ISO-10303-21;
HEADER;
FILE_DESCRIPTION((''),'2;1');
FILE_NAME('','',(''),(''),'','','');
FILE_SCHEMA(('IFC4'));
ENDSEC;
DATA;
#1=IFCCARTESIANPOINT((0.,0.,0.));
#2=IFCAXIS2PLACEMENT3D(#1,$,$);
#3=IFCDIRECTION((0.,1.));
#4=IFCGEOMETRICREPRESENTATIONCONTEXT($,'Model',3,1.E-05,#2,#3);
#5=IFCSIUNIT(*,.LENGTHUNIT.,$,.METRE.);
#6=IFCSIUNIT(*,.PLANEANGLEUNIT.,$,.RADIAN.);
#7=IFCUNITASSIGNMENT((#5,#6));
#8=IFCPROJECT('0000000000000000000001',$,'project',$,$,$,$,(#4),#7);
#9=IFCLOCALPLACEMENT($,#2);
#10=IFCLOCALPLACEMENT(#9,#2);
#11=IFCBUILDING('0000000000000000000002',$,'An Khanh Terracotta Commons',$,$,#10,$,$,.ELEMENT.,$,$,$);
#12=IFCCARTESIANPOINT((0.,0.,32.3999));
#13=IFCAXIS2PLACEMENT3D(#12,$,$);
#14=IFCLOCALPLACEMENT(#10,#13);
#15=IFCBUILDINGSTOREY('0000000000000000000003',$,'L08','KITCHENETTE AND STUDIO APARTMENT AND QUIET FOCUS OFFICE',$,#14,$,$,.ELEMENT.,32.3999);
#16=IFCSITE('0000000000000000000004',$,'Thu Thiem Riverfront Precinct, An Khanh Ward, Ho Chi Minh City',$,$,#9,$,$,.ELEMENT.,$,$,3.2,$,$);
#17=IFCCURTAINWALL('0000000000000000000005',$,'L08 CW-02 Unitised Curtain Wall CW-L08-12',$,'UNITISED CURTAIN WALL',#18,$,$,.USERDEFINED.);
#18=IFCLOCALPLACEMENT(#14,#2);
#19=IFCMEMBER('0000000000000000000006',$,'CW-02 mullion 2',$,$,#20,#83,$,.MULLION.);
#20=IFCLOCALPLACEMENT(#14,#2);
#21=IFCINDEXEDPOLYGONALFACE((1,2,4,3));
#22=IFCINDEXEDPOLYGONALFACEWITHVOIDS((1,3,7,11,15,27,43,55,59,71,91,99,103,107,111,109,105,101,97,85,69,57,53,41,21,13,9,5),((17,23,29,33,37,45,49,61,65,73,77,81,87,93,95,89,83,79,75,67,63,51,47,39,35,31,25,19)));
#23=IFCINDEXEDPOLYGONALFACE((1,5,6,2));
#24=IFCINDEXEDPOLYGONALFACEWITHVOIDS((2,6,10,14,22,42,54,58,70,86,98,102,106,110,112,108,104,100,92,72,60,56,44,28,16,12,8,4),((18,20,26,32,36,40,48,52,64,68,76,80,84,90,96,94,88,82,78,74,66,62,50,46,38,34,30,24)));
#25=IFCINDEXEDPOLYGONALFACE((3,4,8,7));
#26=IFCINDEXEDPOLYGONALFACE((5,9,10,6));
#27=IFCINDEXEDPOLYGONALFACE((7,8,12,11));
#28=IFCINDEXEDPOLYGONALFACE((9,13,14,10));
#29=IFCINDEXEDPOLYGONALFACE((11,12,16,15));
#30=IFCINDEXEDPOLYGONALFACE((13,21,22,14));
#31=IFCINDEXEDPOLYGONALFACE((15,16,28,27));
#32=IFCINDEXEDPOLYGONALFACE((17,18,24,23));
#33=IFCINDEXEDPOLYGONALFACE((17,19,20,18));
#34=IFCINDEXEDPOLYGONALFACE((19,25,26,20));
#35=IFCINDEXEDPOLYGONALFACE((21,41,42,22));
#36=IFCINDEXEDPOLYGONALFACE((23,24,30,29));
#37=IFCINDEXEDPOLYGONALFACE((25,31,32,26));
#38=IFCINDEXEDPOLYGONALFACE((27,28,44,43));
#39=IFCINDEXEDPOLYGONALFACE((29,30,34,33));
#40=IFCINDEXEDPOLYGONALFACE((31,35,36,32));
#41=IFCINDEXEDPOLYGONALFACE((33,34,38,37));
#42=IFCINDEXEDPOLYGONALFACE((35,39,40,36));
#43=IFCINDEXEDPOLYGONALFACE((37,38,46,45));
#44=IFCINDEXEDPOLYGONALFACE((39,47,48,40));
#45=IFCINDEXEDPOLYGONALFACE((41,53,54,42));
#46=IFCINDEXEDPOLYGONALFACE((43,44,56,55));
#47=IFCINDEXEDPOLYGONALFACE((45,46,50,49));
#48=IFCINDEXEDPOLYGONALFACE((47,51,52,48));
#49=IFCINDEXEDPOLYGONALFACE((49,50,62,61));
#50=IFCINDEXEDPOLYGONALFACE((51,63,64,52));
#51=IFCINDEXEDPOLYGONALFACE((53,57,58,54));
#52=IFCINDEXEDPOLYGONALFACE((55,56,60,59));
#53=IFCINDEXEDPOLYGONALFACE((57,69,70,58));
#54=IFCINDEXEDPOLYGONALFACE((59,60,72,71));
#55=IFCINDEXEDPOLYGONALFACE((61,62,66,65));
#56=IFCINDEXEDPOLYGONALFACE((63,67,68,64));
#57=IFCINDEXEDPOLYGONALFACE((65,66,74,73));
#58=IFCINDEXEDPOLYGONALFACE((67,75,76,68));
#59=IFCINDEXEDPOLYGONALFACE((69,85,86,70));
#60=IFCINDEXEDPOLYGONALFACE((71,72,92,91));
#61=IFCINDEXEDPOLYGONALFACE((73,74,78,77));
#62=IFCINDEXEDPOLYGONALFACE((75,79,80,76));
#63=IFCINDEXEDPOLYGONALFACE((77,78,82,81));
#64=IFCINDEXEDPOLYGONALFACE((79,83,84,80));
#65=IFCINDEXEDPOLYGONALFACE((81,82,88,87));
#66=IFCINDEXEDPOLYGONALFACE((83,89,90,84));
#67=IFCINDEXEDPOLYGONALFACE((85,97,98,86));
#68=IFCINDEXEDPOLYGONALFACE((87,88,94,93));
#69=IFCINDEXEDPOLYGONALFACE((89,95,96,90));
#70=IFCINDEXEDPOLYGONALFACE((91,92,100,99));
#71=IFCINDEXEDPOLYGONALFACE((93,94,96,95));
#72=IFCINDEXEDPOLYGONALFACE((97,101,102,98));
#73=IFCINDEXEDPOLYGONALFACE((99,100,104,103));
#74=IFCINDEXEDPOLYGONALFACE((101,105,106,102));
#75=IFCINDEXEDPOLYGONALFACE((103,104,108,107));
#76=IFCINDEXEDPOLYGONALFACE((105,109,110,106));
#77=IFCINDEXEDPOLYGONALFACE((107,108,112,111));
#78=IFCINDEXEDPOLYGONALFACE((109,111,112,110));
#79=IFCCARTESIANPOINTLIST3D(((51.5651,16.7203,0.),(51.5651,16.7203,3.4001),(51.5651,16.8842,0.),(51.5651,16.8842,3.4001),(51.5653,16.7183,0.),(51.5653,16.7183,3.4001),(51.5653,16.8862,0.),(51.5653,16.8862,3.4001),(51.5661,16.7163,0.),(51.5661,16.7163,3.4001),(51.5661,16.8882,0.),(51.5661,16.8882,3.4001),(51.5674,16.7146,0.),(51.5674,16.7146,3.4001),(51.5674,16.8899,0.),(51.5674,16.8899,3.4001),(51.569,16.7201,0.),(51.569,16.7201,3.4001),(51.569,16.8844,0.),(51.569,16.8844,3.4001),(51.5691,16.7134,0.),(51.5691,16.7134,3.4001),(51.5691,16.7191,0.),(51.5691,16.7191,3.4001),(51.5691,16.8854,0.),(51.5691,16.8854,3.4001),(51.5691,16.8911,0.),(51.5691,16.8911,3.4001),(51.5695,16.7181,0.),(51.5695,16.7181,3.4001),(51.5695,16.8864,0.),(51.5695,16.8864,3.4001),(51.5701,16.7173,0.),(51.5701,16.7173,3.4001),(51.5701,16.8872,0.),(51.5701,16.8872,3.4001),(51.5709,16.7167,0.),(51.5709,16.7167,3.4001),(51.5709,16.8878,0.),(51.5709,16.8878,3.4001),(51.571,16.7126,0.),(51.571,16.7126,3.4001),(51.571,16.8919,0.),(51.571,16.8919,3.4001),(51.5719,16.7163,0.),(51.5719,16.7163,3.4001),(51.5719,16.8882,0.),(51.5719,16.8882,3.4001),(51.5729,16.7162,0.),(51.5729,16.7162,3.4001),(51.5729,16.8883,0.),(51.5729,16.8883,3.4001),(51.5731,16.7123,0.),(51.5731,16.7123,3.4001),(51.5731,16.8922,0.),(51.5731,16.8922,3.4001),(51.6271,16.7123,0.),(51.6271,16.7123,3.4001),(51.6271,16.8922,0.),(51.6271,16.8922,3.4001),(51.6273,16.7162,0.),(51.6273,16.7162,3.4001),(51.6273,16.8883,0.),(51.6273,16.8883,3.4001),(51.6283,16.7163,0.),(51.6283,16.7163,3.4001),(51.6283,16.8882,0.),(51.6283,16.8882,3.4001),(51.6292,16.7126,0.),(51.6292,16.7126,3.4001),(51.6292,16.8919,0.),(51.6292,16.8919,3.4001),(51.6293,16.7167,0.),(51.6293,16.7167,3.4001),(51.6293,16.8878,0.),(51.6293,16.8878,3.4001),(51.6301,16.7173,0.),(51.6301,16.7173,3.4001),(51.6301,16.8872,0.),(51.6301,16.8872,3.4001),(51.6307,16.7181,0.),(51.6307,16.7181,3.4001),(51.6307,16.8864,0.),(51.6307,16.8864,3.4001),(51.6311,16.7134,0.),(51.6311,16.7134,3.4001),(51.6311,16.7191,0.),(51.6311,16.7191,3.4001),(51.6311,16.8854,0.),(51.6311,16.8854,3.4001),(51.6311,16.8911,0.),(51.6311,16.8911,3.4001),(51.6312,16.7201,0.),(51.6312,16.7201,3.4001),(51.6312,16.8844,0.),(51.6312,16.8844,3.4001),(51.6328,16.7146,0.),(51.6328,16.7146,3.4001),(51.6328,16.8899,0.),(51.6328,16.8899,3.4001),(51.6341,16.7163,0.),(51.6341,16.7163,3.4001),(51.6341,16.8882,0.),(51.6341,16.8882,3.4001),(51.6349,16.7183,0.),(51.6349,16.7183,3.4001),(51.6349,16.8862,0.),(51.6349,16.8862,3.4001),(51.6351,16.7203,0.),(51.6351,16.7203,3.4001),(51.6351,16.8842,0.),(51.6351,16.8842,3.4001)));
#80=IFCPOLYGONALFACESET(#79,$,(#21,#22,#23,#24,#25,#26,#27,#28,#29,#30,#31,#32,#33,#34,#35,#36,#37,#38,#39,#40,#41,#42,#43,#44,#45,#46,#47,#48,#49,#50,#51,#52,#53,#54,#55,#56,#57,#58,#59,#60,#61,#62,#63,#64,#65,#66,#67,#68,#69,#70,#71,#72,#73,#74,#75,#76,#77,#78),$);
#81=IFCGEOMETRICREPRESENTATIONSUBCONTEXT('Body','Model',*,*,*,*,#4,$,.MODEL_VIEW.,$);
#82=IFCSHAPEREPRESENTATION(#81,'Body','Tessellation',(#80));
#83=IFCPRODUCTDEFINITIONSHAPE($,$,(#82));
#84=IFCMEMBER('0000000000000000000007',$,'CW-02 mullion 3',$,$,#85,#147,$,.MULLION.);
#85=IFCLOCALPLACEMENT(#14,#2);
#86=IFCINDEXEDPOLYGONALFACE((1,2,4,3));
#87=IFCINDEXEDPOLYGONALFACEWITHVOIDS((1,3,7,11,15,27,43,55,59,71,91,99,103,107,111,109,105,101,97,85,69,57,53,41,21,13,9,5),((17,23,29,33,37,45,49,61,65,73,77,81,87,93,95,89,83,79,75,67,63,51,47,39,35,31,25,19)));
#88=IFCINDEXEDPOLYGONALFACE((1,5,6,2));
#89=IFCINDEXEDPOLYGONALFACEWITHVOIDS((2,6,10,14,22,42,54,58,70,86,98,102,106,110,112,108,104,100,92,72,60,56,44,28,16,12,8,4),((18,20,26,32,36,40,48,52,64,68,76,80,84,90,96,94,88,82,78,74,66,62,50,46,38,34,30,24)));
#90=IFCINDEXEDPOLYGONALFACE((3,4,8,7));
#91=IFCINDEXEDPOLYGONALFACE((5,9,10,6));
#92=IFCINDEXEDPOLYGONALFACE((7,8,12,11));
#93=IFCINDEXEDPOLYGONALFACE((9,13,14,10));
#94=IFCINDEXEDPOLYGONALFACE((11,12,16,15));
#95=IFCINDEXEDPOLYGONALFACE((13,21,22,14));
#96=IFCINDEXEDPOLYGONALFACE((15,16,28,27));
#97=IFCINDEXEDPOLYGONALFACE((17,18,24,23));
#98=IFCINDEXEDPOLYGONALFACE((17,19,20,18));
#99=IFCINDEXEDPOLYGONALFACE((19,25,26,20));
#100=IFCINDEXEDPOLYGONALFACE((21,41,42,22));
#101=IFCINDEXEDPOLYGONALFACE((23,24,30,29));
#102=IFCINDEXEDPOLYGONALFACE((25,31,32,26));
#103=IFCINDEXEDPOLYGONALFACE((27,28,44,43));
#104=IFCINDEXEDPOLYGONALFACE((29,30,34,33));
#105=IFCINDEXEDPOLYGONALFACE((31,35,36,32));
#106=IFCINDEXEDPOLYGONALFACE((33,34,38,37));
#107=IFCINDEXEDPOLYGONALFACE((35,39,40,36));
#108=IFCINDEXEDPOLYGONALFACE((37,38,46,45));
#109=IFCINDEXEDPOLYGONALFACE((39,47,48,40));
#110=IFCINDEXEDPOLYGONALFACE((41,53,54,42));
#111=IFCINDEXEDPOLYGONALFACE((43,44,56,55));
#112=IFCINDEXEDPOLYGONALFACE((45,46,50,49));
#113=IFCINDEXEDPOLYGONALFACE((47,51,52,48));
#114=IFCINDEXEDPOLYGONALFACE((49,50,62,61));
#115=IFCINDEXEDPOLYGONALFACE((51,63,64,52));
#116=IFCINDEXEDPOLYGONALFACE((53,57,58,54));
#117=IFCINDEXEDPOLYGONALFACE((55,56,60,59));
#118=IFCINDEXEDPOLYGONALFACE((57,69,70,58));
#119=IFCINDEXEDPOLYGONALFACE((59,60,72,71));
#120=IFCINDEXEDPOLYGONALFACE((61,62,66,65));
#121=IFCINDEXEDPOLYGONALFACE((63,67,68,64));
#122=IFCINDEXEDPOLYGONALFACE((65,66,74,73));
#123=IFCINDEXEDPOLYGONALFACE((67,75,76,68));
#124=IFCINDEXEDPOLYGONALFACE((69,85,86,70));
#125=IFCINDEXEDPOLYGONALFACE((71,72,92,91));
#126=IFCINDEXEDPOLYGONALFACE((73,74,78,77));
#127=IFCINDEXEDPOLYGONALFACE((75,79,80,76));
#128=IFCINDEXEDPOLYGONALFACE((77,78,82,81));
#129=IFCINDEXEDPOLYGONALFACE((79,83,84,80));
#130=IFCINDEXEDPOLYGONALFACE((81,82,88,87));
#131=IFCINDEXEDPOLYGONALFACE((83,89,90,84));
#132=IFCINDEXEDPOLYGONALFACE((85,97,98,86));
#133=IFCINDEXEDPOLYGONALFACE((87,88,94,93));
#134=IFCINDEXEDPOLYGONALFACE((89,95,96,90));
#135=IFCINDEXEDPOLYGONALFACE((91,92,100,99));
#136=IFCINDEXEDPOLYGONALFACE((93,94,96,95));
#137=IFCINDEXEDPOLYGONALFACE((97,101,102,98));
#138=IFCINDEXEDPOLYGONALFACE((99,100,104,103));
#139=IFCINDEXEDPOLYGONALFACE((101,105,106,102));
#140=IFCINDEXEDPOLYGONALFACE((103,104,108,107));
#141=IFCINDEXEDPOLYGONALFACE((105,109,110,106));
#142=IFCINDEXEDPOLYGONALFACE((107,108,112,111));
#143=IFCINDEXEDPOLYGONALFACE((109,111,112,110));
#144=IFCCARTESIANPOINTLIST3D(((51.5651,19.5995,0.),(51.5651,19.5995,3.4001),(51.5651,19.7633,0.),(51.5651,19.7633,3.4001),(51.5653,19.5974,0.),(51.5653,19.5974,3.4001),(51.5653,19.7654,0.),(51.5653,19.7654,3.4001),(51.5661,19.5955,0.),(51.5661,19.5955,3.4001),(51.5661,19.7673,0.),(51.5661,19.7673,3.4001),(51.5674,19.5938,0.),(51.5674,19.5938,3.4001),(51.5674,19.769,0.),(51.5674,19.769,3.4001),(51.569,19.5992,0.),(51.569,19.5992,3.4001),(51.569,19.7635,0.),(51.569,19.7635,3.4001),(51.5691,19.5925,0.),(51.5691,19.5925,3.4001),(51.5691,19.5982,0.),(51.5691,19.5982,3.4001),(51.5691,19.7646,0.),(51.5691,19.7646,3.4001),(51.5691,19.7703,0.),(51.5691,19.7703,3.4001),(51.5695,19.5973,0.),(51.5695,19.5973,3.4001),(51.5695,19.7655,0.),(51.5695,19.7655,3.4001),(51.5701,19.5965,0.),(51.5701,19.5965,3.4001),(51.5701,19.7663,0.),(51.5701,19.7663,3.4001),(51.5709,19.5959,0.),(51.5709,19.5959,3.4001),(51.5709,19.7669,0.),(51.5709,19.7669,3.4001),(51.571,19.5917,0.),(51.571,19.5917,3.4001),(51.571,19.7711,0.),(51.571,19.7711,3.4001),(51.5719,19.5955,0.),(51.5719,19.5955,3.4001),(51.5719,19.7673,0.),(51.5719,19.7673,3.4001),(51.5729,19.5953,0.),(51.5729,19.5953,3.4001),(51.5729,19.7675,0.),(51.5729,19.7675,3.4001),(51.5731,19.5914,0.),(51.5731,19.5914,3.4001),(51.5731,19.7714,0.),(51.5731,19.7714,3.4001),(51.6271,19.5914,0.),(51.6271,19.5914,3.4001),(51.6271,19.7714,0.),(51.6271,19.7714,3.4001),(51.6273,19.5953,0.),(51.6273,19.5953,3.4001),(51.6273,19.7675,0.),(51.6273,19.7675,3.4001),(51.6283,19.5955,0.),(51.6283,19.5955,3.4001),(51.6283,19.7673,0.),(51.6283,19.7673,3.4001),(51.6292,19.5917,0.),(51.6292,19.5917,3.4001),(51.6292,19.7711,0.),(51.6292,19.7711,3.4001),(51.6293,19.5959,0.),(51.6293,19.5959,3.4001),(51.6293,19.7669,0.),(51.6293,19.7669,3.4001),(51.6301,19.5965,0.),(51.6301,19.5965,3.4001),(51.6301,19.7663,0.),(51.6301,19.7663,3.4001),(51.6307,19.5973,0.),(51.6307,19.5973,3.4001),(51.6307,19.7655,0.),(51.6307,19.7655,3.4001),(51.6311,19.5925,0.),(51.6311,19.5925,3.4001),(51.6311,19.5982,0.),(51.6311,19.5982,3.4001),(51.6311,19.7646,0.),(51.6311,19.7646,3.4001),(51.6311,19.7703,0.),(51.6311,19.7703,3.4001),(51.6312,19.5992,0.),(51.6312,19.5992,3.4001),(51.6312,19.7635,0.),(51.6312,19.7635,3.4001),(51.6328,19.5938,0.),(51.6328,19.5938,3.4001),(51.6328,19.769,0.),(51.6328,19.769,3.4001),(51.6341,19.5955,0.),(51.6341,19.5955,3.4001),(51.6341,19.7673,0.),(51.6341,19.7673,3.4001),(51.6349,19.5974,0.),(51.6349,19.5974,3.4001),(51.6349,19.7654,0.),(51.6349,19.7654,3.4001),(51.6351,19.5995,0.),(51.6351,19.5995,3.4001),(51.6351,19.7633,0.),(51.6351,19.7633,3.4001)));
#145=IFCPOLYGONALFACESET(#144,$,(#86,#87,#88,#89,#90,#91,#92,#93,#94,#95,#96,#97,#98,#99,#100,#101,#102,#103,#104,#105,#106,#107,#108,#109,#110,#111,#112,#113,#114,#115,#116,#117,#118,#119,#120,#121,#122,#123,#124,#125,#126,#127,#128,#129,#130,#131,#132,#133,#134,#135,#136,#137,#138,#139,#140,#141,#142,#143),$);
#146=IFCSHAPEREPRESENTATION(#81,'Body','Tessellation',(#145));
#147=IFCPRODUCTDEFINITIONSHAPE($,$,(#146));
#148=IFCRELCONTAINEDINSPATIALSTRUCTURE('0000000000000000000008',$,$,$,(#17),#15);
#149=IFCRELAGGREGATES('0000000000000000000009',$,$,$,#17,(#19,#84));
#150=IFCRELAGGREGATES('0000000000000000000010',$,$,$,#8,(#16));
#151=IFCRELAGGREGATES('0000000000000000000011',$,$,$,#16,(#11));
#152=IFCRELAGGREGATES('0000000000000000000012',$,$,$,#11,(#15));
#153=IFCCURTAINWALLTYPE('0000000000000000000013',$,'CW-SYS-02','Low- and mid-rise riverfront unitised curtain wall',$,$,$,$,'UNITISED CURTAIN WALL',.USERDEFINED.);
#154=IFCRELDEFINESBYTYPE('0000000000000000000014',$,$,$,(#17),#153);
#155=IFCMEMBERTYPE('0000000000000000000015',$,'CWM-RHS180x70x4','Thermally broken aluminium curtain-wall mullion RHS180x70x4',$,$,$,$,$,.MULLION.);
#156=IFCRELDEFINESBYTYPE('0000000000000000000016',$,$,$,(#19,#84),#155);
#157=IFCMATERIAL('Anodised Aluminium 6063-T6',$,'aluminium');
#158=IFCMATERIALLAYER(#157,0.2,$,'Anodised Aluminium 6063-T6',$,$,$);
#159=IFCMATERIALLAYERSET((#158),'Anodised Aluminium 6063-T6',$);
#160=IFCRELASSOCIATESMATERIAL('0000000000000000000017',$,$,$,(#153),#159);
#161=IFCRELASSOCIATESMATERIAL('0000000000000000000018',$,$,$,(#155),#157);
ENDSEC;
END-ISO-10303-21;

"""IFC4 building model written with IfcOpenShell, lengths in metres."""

from ifc_helpers import new_model, si_unit, direction, frame, origin, origin_2d, place, context, subcontext, project, spatial, hollow_rectangle, extrude, material, layer, layer_set, material_profile, profile_set, type_object, element, aggregate, save


model = new_model("IFC4")

# Units and contexts
model_context = context("Model", 3, precision=1e-05, world=origin(), true_north=direction((0.0, 1.0)))
body_context = subcontext(model_context, "Body", "Model", "MODEL_VIEW")
ifc_project = project(units=[si_unit("LENGTHUNIT", "METRE"), si_unit("PLANEANGLEUNIT", "RADIAN")], contexts=[model_context])

# Site, building, storey
site_placement = place(None, origin())
site = spatial("IfcSite", under=ifc_project, at=site_placement, Name="Thu Thiem Riverfront Precinct, An Khanh Ward, Ho Chi Minh City", CompositionType="ELEMENT", RefElevation=3.2)
building_placement = place(site_placement, origin())
building = spatial("IfcBuilding", under=site, at=building_placement, Name="An Khanh Terracotta Commons", CompositionType="ELEMENT")
storey_placement = place(building_placement, frame((0.0, 0.0, 32.3999)))
storey = spatial("IfcBuildingStorey", under=building, at=storey_placement, Name="L08", Description="KITCHENETTE AND STUDIO APARTMENT AND QUIET FOCUS OFFICE", CompositionType="ELEMENT", Elevation=32.3999)

# Curtain wall, members
ifc_material_1 = material(Name="Anodised Aluminium 6063-T6", Category="aluminium")
ifc_layer_1 = layer(ifc_material_1, 0.2, Name="Anodised Aluminium 6063-T6")
ifc_layer_set_1 = layer_set([ifc_layer_1], Name="Anodised Aluminium 6063-T6")
curtain_wall_type = type_object("IfcCurtainWallType", Name="CW-SYS-02", Description="Low- and mid-rise riverfront unitised curtain wall", ElementType="UNITISED CURTAIN WALL", PredefinedType="USERDEFINED", material=ifc_layer_set_1)
curtain_wall_placement = place(storey_placement, origin())
curtain_wall = element("IfcCurtainWall", 1, at=curtain_wall_placement, inside=storey, type_object=curtain_wall_type, Name="L08 CW-02 Unitised Curtain Wall CW-L08-12", ObjectType="UNITISED CURTAIN WALL", PredefinedType="USERDEFINED")
ifc_material_profile_1 = material_profile(ifc_material_1, hollow_rectangle(XDim=0.0701, YDim=0.1799, WallThickness=0.0039, InnerFilletRadius=0.0039, OuterFilletRadius=0.0081, at=origin_2d()), Name="RHS180x70x4")
ifc_profile_set_1 = profile_set([ifc_material_profile_1], Name="Anodised Aluminium 6063-T6")
member_type_1 = type_object("IfcMemberType", Name="CWM-RHS180x70x4", Description="Thermally broken aluminium curtain-wall mullion RHS180x70x4", PredefinedType="MULLION", material=ifc_profile_set_1)
member_1_placement = place(storey_placement, frame((51.6001, 16.8022, 0.0), z_axis=(0.0, 0.0, 1.0), x_axis=(-1.0, 0.0, 0.0)))
member_1 = element("IfcMember", 2, at=member_1_placement, type_object=member_type_1, Name="CW-02 mullion 2", PredefinedType="MULLION", context=body_context, shape_type="SweptSolid", body=[
    extrude(hollow_rectangle(XDim=0.0701, YDim=0.1799, WallThickness=0.0039, InnerFilletRadius=0.0039, OuterFilletRadius=0.0081, at=origin_2d()), origin(), (0.0, 0.0, 1.0), 3.4001),
])
member_2_placement = place(storey_placement, frame((51.6001, 19.6814, 0.0), z_axis=(0.0, 0.0, 1.0), x_axis=(-1.0, 0.0, 0.0)))
member_2 = element("IfcMember", 3, at=member_2_placement, type_object=member_type_1, Name="CW-02 mullion 3", PredefinedType="MULLION", context=body_context, shape_type="SweptSolid", body=[
    extrude(hollow_rectangle(XDim=0.0701, YDim=0.1799, WallThickness=0.0039, InnerFilletRadius=0.0039, OuterFilletRadius=0.0081, at=origin_2d()), origin(), (0.0, 0.0, 1.0), 3.4001),
])
aggregate(curtain_wall, [member_1, member_2])

save(model, "model.ifc")
